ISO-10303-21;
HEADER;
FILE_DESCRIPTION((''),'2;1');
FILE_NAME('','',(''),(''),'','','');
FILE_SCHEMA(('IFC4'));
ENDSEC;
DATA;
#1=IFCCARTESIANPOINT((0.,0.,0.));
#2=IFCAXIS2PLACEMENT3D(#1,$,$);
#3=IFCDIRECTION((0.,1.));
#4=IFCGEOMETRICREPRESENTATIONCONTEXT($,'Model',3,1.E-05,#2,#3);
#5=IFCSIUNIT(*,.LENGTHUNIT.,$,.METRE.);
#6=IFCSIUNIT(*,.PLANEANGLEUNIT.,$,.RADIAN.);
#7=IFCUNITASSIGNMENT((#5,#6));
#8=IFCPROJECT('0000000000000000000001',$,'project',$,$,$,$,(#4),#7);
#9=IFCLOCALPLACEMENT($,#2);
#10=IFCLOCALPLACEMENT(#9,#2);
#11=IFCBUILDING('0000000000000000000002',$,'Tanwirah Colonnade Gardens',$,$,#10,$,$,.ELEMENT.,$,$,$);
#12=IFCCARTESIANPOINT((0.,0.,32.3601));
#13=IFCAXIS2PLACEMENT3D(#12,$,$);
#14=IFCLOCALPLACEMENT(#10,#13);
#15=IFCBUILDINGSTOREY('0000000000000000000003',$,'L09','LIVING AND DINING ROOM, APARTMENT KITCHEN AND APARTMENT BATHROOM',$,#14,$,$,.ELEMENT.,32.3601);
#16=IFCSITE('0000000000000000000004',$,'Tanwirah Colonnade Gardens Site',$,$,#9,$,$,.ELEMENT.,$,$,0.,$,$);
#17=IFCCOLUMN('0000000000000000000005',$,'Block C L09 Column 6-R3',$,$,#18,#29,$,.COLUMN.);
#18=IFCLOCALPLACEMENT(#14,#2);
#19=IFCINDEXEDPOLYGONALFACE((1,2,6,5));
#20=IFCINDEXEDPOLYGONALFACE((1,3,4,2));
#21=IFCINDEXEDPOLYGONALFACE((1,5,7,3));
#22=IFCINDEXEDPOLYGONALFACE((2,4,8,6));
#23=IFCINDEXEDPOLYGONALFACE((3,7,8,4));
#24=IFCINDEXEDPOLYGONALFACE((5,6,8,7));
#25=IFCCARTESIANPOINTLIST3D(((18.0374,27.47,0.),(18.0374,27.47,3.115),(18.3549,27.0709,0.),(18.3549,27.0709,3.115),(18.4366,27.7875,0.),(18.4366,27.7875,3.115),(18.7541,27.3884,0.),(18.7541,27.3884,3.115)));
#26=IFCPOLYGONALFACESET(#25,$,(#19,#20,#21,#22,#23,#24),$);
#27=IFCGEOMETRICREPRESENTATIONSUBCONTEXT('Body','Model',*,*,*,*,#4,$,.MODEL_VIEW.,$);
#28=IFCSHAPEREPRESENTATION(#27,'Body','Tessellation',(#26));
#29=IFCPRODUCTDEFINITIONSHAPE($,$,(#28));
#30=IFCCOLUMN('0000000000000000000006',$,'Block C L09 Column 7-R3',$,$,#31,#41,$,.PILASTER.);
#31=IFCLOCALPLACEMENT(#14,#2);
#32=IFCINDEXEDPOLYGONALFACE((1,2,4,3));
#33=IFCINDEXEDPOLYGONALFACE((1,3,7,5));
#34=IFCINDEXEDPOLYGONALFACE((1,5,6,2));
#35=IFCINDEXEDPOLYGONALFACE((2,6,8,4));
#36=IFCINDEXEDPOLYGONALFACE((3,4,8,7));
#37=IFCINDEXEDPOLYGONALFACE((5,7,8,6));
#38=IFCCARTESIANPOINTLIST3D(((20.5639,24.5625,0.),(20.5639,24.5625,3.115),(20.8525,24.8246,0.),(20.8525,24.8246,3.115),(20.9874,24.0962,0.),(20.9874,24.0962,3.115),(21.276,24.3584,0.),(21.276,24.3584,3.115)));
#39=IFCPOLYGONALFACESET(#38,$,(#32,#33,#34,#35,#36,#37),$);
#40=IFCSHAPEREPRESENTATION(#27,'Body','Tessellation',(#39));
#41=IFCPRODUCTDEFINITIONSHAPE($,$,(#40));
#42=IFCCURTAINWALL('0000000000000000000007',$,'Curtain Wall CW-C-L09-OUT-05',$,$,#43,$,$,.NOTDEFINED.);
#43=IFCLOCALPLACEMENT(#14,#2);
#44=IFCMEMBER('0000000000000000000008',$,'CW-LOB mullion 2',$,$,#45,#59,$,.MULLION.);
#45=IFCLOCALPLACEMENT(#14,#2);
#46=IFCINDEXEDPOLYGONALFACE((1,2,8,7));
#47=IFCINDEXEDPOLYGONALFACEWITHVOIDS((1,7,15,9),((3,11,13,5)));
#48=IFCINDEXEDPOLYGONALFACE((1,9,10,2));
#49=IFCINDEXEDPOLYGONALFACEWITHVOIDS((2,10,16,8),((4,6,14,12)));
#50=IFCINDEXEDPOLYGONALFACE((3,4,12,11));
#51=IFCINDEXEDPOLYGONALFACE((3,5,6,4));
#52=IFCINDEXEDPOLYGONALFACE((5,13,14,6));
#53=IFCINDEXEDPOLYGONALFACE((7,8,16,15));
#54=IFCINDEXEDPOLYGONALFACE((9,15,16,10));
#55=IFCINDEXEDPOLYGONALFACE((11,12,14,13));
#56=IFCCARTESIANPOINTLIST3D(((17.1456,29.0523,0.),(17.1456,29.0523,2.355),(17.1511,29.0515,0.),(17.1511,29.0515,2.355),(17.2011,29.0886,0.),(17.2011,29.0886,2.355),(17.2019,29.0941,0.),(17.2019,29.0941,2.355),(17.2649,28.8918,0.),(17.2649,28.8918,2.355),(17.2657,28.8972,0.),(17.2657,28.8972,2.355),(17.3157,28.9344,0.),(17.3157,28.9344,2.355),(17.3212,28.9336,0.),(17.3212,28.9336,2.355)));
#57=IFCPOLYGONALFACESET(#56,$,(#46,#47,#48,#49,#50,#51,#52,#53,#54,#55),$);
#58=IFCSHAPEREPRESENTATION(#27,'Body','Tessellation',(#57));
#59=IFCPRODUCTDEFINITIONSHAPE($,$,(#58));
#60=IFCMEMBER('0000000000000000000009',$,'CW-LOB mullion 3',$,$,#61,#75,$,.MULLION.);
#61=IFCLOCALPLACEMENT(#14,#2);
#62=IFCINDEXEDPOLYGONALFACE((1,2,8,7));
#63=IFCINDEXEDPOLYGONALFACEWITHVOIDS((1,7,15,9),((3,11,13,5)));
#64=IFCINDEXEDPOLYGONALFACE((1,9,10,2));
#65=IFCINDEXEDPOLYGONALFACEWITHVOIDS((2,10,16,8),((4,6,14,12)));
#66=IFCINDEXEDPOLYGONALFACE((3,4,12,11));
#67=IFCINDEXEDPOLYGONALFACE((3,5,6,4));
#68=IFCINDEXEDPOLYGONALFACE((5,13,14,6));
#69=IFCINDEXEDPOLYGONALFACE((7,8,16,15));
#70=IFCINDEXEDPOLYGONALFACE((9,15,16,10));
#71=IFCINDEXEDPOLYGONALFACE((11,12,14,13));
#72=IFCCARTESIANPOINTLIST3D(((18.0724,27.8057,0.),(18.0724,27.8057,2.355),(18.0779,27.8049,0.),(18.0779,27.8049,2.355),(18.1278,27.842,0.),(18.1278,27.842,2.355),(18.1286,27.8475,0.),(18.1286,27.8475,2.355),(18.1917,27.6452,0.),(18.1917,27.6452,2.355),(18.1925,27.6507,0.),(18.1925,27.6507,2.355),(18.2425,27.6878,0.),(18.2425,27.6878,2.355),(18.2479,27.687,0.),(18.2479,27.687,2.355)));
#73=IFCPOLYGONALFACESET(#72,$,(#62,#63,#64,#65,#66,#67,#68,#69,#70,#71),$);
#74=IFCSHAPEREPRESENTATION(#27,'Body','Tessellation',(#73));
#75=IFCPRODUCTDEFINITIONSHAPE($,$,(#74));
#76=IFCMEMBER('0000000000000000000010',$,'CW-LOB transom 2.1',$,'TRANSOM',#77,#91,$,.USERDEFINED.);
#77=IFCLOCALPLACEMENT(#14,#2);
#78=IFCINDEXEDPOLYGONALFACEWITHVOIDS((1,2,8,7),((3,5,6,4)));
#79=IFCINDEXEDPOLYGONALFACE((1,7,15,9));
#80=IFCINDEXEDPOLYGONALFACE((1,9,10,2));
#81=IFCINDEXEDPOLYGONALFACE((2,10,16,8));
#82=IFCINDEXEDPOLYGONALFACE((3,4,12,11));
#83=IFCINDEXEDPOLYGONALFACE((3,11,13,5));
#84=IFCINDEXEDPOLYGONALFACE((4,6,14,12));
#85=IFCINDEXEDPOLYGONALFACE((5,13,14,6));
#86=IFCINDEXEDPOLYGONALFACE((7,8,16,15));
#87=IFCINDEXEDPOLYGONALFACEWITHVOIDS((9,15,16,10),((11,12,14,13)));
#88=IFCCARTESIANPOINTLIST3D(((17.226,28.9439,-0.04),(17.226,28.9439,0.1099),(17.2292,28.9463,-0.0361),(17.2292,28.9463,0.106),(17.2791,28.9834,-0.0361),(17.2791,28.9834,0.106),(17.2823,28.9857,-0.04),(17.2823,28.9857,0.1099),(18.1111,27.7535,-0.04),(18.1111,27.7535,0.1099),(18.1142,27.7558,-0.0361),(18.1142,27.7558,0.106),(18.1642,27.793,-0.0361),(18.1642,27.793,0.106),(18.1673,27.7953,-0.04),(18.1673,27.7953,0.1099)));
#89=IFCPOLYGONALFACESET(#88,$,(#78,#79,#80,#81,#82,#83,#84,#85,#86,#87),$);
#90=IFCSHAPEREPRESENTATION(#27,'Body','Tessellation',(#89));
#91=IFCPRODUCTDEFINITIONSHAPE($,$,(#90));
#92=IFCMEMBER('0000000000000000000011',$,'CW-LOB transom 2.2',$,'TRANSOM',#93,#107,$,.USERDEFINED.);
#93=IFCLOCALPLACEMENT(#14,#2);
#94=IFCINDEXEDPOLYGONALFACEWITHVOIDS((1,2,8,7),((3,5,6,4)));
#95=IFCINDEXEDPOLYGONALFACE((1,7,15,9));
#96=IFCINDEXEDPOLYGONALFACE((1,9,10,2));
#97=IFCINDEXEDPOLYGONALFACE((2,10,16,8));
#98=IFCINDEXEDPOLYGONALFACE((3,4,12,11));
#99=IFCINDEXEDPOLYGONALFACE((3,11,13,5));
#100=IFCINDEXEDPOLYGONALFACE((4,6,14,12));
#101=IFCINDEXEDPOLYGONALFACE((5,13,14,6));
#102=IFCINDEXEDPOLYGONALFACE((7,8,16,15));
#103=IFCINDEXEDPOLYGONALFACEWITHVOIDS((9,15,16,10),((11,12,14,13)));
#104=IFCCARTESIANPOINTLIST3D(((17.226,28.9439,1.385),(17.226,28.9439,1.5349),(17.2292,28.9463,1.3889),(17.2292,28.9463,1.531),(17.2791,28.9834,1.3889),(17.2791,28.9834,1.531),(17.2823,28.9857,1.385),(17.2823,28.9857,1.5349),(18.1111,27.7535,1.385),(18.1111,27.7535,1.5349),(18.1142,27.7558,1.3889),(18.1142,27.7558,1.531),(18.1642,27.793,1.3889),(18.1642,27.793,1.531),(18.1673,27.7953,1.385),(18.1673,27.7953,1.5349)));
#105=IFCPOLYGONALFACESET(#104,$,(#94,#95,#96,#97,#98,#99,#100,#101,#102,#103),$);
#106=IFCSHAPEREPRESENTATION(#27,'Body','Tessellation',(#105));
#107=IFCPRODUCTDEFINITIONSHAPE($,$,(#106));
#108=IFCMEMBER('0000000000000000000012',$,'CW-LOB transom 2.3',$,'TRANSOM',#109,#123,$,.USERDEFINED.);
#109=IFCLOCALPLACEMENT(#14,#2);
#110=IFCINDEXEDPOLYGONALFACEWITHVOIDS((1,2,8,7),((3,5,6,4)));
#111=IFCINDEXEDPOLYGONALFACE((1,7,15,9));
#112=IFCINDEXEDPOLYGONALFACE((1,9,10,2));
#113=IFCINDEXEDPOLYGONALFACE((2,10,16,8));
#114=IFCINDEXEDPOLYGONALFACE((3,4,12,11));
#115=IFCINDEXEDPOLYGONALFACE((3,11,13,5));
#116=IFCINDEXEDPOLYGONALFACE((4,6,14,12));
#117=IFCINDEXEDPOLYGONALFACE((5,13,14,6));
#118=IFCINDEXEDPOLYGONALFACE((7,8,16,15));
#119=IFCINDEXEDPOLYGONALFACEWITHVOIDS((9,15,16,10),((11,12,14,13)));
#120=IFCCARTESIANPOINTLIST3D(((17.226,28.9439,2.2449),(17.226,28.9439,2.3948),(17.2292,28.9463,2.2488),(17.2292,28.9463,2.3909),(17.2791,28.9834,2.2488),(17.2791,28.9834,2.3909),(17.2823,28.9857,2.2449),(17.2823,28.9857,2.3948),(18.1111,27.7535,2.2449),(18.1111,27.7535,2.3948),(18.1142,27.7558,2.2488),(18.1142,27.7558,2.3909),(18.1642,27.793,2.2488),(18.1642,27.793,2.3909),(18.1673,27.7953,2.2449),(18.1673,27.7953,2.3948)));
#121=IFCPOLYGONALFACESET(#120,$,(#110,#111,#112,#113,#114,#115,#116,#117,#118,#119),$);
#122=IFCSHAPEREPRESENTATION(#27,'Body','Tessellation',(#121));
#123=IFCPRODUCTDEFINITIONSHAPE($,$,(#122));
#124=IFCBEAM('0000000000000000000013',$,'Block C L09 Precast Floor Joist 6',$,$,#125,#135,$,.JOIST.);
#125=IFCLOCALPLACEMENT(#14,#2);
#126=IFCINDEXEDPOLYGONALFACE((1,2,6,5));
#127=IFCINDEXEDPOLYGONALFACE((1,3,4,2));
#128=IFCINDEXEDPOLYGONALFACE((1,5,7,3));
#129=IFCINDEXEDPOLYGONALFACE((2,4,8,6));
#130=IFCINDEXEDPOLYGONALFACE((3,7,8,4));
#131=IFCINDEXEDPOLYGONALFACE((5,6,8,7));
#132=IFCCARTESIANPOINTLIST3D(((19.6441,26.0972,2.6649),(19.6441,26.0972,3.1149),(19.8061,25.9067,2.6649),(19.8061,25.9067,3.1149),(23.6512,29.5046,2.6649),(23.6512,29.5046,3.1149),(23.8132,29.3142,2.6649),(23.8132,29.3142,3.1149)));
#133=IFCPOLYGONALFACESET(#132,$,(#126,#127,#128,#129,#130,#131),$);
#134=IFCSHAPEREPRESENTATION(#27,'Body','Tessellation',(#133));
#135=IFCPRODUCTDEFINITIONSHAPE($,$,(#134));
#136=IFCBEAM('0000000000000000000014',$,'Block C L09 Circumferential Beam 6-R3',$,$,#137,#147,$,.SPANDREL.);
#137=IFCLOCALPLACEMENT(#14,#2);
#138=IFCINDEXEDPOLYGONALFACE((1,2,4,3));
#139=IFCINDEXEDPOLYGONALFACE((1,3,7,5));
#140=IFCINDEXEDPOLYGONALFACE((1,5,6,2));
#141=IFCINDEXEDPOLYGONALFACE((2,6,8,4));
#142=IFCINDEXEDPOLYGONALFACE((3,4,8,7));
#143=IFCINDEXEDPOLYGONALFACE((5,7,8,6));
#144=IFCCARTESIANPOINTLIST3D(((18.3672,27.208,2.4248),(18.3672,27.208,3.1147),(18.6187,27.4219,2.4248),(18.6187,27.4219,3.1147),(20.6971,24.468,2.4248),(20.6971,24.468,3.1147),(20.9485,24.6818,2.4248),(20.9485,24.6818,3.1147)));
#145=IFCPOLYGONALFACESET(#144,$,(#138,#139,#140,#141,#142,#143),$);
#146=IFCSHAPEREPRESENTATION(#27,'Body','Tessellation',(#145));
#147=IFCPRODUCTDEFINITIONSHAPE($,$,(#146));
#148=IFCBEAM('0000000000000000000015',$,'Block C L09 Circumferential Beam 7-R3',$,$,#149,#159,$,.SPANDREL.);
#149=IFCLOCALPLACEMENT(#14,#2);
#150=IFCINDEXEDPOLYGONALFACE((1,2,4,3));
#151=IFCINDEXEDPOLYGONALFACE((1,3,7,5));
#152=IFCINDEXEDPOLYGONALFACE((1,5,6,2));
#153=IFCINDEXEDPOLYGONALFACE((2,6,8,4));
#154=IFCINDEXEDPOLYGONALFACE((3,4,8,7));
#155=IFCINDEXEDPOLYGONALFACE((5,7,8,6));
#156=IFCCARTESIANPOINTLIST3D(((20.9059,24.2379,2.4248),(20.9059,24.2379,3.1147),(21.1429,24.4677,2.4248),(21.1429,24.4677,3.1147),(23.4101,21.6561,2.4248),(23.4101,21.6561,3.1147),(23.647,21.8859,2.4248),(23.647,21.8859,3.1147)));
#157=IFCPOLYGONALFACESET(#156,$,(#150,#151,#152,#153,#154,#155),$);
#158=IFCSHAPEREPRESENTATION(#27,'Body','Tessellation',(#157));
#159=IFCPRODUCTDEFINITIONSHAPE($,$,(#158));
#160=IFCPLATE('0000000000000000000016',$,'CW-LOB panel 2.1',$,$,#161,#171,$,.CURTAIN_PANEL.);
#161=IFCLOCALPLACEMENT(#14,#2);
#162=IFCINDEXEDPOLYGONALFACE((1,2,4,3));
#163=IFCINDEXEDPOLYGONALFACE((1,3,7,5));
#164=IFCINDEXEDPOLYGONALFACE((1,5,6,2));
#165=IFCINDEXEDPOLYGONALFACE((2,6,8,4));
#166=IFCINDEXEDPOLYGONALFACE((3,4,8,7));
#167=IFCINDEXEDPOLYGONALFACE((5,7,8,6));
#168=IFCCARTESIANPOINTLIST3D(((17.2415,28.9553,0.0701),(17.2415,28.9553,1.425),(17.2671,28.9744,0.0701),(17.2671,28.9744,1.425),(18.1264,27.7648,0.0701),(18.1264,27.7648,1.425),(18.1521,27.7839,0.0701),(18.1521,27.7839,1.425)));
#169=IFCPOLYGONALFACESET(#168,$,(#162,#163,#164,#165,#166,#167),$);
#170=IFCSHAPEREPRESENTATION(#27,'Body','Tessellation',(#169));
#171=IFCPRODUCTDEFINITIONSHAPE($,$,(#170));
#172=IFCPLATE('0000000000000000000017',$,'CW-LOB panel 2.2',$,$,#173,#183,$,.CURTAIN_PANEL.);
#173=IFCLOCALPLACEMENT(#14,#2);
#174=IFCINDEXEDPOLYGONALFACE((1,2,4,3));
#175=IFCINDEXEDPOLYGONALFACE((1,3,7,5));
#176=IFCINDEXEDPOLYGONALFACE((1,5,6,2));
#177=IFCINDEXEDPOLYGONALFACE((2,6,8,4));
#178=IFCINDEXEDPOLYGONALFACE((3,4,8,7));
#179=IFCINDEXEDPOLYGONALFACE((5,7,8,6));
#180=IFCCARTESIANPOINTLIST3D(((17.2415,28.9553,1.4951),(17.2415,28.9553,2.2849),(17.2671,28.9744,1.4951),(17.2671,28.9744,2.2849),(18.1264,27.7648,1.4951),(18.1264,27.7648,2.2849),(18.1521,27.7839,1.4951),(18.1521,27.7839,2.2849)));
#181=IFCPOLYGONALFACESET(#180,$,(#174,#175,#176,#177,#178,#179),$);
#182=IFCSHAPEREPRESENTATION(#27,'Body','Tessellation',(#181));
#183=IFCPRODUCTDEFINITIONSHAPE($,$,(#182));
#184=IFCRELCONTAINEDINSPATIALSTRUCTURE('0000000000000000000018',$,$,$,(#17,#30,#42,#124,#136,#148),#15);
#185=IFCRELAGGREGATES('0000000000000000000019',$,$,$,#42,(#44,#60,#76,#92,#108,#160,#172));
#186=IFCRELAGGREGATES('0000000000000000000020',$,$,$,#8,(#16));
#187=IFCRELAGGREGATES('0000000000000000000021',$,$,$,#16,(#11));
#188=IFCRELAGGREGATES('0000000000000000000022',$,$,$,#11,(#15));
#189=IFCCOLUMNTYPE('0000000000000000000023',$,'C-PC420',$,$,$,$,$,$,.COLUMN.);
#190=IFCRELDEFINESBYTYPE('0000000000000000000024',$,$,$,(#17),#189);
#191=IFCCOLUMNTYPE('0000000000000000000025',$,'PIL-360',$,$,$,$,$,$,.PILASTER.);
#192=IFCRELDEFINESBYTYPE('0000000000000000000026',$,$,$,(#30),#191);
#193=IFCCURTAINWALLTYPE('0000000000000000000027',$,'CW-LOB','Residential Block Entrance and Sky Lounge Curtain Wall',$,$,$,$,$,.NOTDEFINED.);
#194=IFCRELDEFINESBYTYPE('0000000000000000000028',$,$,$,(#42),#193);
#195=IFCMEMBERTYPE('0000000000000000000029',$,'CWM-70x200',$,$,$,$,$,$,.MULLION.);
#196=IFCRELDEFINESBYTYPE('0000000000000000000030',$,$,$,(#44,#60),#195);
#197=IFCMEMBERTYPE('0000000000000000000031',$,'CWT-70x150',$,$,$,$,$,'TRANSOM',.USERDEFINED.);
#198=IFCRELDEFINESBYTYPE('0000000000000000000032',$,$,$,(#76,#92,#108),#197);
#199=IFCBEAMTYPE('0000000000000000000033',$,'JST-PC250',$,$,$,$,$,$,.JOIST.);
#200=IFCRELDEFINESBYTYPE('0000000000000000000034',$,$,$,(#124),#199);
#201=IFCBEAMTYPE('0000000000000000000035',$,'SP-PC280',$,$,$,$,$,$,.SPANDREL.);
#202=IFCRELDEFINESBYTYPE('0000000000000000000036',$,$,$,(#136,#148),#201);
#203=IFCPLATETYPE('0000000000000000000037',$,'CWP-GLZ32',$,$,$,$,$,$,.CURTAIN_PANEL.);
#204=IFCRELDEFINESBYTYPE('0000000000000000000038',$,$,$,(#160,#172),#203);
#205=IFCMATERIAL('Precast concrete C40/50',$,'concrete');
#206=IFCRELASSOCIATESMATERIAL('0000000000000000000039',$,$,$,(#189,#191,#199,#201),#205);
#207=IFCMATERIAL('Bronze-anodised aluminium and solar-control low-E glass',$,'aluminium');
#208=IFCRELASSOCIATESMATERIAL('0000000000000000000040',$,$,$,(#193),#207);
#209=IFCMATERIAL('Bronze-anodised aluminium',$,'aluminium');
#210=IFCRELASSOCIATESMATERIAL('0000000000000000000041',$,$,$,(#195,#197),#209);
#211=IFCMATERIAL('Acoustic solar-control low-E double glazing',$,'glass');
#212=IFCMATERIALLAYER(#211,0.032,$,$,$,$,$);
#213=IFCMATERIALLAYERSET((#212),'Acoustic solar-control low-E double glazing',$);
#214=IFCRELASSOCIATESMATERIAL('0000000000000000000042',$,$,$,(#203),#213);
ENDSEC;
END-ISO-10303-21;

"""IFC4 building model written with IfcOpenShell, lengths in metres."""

from ifc_helpers import new_model, si_unit, direction, frame, origin, origin_2d, place, context, subcontext, project, spatial, rectangle, hollow_rectangle, extrude, material, layer, layer_set, material_profile, profile_set, type_object, element, aggregate, save


model = new_model("IFC4")

# Units and contexts
model_context = context("Model", 3, precision=1e-05, world=origin(), true_north=direction((0.0, 1.0)))
body_context = subcontext(model_context, "Body", "Model", "MODEL_VIEW")
ifc_project = project(units=[si_unit("LENGTHUNIT", "METRE"), si_unit("PLANEANGLEUNIT", "RADIAN")], contexts=[model_context])

# Site, building, storey
site_placement = place(None, origin())
site = spatial("IfcSite", under=ifc_project, at=site_placement, Name="Tanwirah Colonnade Gardens Site", CompositionType="ELEMENT", RefElevation=0.0)
building_placement = place(site_placement, origin())
building = spatial("IfcBuilding", under=site, at=building_placement, Name="Tanwirah Colonnade Gardens", CompositionType="ELEMENT")
storey_placement = place(building_placement, frame((0.0, 0.0, 32.3601)))
storey = spatial("IfcBuildingStorey", under=building, at=storey_placement, Name="L09", Description="LIVING AND DINING ROOM, APARTMENT KITCHEN AND APARTMENT BATHROOM", CompositionType="ELEMENT", Elevation=32.3601)

# Columns
ifc_material_1 = material(Name="Precast concrete C40/50", Category="concrete")
ifc_material_profile_1 = material_profile(ifc_material_1, rectangle(XDim=0.51, YDim=0.51, at=origin_2d()), Name="PC-COL 510x510")
ifc_profile_set_1 = profile_set([ifc_material_profile_1], Name="Precast concrete C40/50")
column_type_1 = type_object("IfcColumnType", Name="C-PC420", PredefinedType="COLUMN", material=ifc_profile_set_1)
column_1_placement = place(storey_placement, frame((18.3958, 27.4292, 0.0), z_axis=(0.0, 0.0, 1.0), x_axis=(-0.782608, -0.622515, 0.0)))
element("IfcColumn", 1, at=column_1_placement, inside=storey, type_object=column_type_1, Name="Block C L09 Column 6-R3", PredefinedType="COLUMN", context=body_context, shape_type="SweptSolid", body=[
    extrude(rectangle(XDim=0.51, YDim=0.51, at=origin_2d()), origin(), (0.0, 0.0, 1.0), 3.115),
])
ifc_material_profile_2 = material_profile(ifc_material_1, rectangle(XDim=0.3899, YDim=0.6299, at=origin_2d()), Name="PC-PIL 390x630")
ifc_profile_set_2 = profile_set([ifc_material_profile_2], Name="Precast concrete C40/50")
column_type_2 = type_object("IfcColumnType", Name="PIL-360", PredefinedType="PILASTER", material=ifc_profile_set_2)
column_2_placement = place(storey_placement, frame((20.9199, 24.4604, 0.0), z_axis=(0.0, 0.0, 1.0), x_axis=(-0.740218, -0.672367, 0.0)))
element("IfcColumn", 2, at=column_2_placement, inside=storey, type_object=column_type_2, Name="Block C L09 Column 7-R3", PredefinedType="PILASTER", context=body_context, shape_type="SweptSolid", body=[
    extrude(rectangle(XDim=0.3899, YDim=0.6299, at=origin_2d()), origin(), (0.0, 0.0, 1.0), 3.115),
])

# Curtain wall, members
ifc_material_2 = material(Name="Bronze-anodised aluminium and solar-control low-E glass", Category="aluminium")
curtain_wall_type = type_object("IfcCurtainWallType", Name="CW-LOB", Description="Residential Block Entrance and Sky Lounge Curtain Wall", PredefinedType="NOTDEFINED", material=ifc_material_2)
curtain_wall_placement = place(storey_placement, origin())
curtain_wall = element("IfcCurtainWall", 3, at=curtain_wall_placement, inside=storey, type_object=curtain_wall_type, Name="Curtain Wall CW-C-L09-OUT-05", PredefinedType="NOTDEFINED")
ifc_material_3 = material(Name="Bronze-anodised aluminium", Category="aluminium")
ifc_material_profile_3 = material_profile(ifc_material_3, hollow_rectangle(XDim=0.0701, YDim=0.2, WallThickness=0.0039, at=origin_2d()), Name="CW-MUL 70x200x4")
ifc_profile_set_3 = profile_set([ifc_material_profile_3], Name="Bronze-anodised aluminium")
member_type_1 = type_object("IfcMemberType", Name="CWM-70x200", PredefinedType="MULLION", material=ifc_profile_set_3)
member_1_placement = place(storey_placement, frame((17.2334, 28.9929, 0.0), z_axis=(0.0, 0.0, 1.0), x_axis=(0.802557, 0.596576, 0.0)))
member_1 = element("IfcMember", 4, at=member_1_placement, type_object=member_type_1, Name="CW-LOB mullion 2", PredefinedType="MULLION", context=body_context, shape_type="SweptSolid", body=[
    extrude(hollow_rectangle(XDim=0.0701, YDim=0.2, WallThickness=0.0039, at=origin_2d()), origin(), (0.0, 0.0, 1.0), 2.355),
])
member_2_placement = place(storey_placement, frame((18.1602, 27.7463, 0.0), z_axis=(0.0, 0.0, 1.0), x_axis=(0.802557, 0.596576, 0.0)))
member_2 = element("IfcMember", 5, at=member_2_placement, type_object=member_type_1, Name="CW-LOB mullion 3", PredefinedType="MULLION", context=body_context, shape_type="SweptSolid", body=[
    extrude(hollow_rectangle(XDim=0.0701, YDim=0.2, WallThickness=0.0039, at=origin_2d()), origin(), (0.0, 0.0, 1.0), 2.355),
])
ifc_material_profile_4 = material_profile(ifc_material_3, hollow_rectangle(XDim=0.0701, YDim=0.1499, WallThickness=0.0039, at=origin_2d()), Name="CW-TRN 70x150x4")
ifc_profile_set_4 = profile_set([ifc_material_profile_4], Name="Bronze-anodised aluminium")
member_type_2 = type_object("IfcMemberType", Name="CWT-70x150", ElementType="TRANSOM", PredefinedType="USERDEFINED", material=ifc_profile_set_4)
member_3_placement = place(storey_placement, frame((17.2542, 28.9648, 0.0349), z_axis=(0.596624, -0.802521, 0.0), x_axis=(0.802521, 0.596624, 0.0)))
member_3 = element("IfcMember", 6, at=member_3_placement, type_object=member_type_2, Name="CW-LOB transom 2.1", ObjectType="TRANSOM", PredefinedType="USERDEFINED", context=body_context, shape_type="SweptSolid", body=[
    extrude(hollow_rectangle(XDim=0.0701, YDim=0.1499, WallThickness=0.0039, at=origin_2d()), origin(), (0.0, 0.0, 1.0), 1.4834),
])
member_4_placement = place(storey_placement, frame((17.2542, 28.9648, 1.46), z_axis=(0.596624, -0.802521, 0.0), x_axis=(0.802521, 0.596624, 0.0)))
member_4 = element("IfcMember", 7, at=member_4_placement, type_object=member_type_2, Name="CW-LOB transom 2.2", ObjectType="TRANSOM", PredefinedType="USERDEFINED", context=body_context, shape_type="SweptSolid", body=[
    extrude(hollow_rectangle(XDim=0.0701, YDim=0.1499, WallThickness=0.0039, at=origin_2d()), origin(), (0.0, 0.0, 1.0), 1.4834),
])
member_5_placement = place(storey_placement, frame((17.2542, 28.9648, 2.3198), z_axis=(0.596624, -0.802521, 0.0), x_axis=(0.802521, 0.596624, 0.0)))
member_5 = element("IfcMember", 8, at=member_5_placement, type_object=member_type_2, Name="CW-LOB transom 2.3", ObjectType="TRANSOM", PredefinedType="USERDEFINED", context=body_context, shape_type="SweptSolid", body=[
    extrude(hollow_rectangle(XDim=0.0701, YDim=0.1499, WallThickness=0.0039, at=origin_2d()), origin(), (0.0, 0.0, 1.0), 1.4834),
])

# Beams
ifc_material_profile_5 = material_profile(ifc_material_1, rectangle(XDim=0.25, YDim=0.45, at=origin_2d()), Name="PC-JST 250x450")
ifc_profile_set_5 = profile_set([ifc_material_profile_5], Name="Precast concrete C40/50")
beam_type_1 = type_object("IfcBeamType", Name="JST-PC250", PredefinedType="JOIST", material=ifc_profile_set_5)
beam_placement = place(storey_placement, frame((23.7322, 29.4094, 2.8899), z_axis=(-0.761803, -0.647809, 0.0), x_axis=(0.647809, -0.761803, 0.0)))
element("IfcBeam", 9, at=beam_placement, inside=storey, type_object=beam_type_1, Name="Block C L09 Precast Floor Joist 6", PredefinedType="JOIST", context=body_context, shape_type="SweptSolid", body=[
    extrude(rectangle(XDim=0.25, YDim=0.45, at=origin_2d()), origin(), (0.0, 0.0, 1.0), 5.26),
])
ifc_material_profile_6 = material_profile(ifc_material_1, rectangle(XDim=0.3301, YDim=0.6899, at=origin_2d()), Name="PC-SP 330x690")
ifc_profile_set_6 = profile_set([ifc_material_profile_6], Name="Precast concrete C40/50")
beam_type_2 = type_object("IfcBeamType", Name="SP-PC280", PredefinedType="SPANDREL", material=ifc_profile_set_6)
for number, where, z_axis, x_axis, name in (
    (10, (18.4929, 27.3149, 2.7698), (0.647784, -0.761824, 0.0), (0.761824, 0.647784, 0.0), "Block C L09 Circumferential Beam 6-R3"),
    (11, (21.0244, 24.3528, 2.7698), (0.696232, -0.717817, 0.0), (0.717817, 0.696232, 0.0), "Block C L09 Circumferential Beam 7-R3"),
):
    element("IfcBeam", number, at=place(storey_placement, frame(where, z_axis=z_axis, x_axis=x_axis)), inside=storey, type_object=beam_type_2, Name=name, PredefinedType="SPANDREL", context=body_context, shape_type="SweptSolid", body=[
        extrude(rectangle(XDim=0.3301, YDim=0.6899, at=origin_2d()), origin(), (0.0, 0.0, 1.0), 3.5967),
    ])

# Plates
ifc_material_4 = material(Name="Acoustic solar-control low-E double glazing", Category="glass")
ifc_layer_1 = layer(ifc_material_4, 0.032)
ifc_layer_set_1 = layer_set([ifc_layer_1], Name="Acoustic solar-control low-E double glazing")
plate_type = type_object("IfcPlateType", Name="CWP-GLZ32", PredefinedType="CURTAIN_PANEL", material=ifc_layer_set_1)
plate_1_placement = place(storey_placement, frame((17.6968, 28.3696, 0.0701), z_axis=(0.0, 0.0, 1.0), x_axis=(0.596576, -0.802557, 0.0)))
plate_1 = element("IfcPlate", 12, at=plate_1_placement, type_object=plate_type, Name="CW-LOB panel 2.1", PredefinedType="CURTAIN_PANEL", context=body_context, shape_type="SweptSolid", body=[
    extrude(rectangle(XDim=1.4834, YDim=0.032, at=origin_2d()), origin(), (0.0, 0.0, 1.0), 1.355),
])
plate_2_placement = place(storey_placement, frame((17.6968, 28.3696, 1.4951), z_axis=(0.0, 0.0, 1.0), x_axis=(0.596576, -0.802557, 0.0)))
plate_2 = element("IfcPlate", 13, at=plate_2_placement, type_object=plate_type, Name="CW-LOB panel 2.2", PredefinedType="CURTAIN_PANEL", context=body_context, shape_type="SweptSolid", body=[
    extrude(rectangle(XDim=1.4834, YDim=0.032, at=origin_2d()), origin(), (0.0, 0.0, 1.0), 0.7898),
])
aggregate(curtain_wall, [member_1, member_2, member_3, member_4, member_5, plate_1, plate_2])

save(model, "model.ifc")
